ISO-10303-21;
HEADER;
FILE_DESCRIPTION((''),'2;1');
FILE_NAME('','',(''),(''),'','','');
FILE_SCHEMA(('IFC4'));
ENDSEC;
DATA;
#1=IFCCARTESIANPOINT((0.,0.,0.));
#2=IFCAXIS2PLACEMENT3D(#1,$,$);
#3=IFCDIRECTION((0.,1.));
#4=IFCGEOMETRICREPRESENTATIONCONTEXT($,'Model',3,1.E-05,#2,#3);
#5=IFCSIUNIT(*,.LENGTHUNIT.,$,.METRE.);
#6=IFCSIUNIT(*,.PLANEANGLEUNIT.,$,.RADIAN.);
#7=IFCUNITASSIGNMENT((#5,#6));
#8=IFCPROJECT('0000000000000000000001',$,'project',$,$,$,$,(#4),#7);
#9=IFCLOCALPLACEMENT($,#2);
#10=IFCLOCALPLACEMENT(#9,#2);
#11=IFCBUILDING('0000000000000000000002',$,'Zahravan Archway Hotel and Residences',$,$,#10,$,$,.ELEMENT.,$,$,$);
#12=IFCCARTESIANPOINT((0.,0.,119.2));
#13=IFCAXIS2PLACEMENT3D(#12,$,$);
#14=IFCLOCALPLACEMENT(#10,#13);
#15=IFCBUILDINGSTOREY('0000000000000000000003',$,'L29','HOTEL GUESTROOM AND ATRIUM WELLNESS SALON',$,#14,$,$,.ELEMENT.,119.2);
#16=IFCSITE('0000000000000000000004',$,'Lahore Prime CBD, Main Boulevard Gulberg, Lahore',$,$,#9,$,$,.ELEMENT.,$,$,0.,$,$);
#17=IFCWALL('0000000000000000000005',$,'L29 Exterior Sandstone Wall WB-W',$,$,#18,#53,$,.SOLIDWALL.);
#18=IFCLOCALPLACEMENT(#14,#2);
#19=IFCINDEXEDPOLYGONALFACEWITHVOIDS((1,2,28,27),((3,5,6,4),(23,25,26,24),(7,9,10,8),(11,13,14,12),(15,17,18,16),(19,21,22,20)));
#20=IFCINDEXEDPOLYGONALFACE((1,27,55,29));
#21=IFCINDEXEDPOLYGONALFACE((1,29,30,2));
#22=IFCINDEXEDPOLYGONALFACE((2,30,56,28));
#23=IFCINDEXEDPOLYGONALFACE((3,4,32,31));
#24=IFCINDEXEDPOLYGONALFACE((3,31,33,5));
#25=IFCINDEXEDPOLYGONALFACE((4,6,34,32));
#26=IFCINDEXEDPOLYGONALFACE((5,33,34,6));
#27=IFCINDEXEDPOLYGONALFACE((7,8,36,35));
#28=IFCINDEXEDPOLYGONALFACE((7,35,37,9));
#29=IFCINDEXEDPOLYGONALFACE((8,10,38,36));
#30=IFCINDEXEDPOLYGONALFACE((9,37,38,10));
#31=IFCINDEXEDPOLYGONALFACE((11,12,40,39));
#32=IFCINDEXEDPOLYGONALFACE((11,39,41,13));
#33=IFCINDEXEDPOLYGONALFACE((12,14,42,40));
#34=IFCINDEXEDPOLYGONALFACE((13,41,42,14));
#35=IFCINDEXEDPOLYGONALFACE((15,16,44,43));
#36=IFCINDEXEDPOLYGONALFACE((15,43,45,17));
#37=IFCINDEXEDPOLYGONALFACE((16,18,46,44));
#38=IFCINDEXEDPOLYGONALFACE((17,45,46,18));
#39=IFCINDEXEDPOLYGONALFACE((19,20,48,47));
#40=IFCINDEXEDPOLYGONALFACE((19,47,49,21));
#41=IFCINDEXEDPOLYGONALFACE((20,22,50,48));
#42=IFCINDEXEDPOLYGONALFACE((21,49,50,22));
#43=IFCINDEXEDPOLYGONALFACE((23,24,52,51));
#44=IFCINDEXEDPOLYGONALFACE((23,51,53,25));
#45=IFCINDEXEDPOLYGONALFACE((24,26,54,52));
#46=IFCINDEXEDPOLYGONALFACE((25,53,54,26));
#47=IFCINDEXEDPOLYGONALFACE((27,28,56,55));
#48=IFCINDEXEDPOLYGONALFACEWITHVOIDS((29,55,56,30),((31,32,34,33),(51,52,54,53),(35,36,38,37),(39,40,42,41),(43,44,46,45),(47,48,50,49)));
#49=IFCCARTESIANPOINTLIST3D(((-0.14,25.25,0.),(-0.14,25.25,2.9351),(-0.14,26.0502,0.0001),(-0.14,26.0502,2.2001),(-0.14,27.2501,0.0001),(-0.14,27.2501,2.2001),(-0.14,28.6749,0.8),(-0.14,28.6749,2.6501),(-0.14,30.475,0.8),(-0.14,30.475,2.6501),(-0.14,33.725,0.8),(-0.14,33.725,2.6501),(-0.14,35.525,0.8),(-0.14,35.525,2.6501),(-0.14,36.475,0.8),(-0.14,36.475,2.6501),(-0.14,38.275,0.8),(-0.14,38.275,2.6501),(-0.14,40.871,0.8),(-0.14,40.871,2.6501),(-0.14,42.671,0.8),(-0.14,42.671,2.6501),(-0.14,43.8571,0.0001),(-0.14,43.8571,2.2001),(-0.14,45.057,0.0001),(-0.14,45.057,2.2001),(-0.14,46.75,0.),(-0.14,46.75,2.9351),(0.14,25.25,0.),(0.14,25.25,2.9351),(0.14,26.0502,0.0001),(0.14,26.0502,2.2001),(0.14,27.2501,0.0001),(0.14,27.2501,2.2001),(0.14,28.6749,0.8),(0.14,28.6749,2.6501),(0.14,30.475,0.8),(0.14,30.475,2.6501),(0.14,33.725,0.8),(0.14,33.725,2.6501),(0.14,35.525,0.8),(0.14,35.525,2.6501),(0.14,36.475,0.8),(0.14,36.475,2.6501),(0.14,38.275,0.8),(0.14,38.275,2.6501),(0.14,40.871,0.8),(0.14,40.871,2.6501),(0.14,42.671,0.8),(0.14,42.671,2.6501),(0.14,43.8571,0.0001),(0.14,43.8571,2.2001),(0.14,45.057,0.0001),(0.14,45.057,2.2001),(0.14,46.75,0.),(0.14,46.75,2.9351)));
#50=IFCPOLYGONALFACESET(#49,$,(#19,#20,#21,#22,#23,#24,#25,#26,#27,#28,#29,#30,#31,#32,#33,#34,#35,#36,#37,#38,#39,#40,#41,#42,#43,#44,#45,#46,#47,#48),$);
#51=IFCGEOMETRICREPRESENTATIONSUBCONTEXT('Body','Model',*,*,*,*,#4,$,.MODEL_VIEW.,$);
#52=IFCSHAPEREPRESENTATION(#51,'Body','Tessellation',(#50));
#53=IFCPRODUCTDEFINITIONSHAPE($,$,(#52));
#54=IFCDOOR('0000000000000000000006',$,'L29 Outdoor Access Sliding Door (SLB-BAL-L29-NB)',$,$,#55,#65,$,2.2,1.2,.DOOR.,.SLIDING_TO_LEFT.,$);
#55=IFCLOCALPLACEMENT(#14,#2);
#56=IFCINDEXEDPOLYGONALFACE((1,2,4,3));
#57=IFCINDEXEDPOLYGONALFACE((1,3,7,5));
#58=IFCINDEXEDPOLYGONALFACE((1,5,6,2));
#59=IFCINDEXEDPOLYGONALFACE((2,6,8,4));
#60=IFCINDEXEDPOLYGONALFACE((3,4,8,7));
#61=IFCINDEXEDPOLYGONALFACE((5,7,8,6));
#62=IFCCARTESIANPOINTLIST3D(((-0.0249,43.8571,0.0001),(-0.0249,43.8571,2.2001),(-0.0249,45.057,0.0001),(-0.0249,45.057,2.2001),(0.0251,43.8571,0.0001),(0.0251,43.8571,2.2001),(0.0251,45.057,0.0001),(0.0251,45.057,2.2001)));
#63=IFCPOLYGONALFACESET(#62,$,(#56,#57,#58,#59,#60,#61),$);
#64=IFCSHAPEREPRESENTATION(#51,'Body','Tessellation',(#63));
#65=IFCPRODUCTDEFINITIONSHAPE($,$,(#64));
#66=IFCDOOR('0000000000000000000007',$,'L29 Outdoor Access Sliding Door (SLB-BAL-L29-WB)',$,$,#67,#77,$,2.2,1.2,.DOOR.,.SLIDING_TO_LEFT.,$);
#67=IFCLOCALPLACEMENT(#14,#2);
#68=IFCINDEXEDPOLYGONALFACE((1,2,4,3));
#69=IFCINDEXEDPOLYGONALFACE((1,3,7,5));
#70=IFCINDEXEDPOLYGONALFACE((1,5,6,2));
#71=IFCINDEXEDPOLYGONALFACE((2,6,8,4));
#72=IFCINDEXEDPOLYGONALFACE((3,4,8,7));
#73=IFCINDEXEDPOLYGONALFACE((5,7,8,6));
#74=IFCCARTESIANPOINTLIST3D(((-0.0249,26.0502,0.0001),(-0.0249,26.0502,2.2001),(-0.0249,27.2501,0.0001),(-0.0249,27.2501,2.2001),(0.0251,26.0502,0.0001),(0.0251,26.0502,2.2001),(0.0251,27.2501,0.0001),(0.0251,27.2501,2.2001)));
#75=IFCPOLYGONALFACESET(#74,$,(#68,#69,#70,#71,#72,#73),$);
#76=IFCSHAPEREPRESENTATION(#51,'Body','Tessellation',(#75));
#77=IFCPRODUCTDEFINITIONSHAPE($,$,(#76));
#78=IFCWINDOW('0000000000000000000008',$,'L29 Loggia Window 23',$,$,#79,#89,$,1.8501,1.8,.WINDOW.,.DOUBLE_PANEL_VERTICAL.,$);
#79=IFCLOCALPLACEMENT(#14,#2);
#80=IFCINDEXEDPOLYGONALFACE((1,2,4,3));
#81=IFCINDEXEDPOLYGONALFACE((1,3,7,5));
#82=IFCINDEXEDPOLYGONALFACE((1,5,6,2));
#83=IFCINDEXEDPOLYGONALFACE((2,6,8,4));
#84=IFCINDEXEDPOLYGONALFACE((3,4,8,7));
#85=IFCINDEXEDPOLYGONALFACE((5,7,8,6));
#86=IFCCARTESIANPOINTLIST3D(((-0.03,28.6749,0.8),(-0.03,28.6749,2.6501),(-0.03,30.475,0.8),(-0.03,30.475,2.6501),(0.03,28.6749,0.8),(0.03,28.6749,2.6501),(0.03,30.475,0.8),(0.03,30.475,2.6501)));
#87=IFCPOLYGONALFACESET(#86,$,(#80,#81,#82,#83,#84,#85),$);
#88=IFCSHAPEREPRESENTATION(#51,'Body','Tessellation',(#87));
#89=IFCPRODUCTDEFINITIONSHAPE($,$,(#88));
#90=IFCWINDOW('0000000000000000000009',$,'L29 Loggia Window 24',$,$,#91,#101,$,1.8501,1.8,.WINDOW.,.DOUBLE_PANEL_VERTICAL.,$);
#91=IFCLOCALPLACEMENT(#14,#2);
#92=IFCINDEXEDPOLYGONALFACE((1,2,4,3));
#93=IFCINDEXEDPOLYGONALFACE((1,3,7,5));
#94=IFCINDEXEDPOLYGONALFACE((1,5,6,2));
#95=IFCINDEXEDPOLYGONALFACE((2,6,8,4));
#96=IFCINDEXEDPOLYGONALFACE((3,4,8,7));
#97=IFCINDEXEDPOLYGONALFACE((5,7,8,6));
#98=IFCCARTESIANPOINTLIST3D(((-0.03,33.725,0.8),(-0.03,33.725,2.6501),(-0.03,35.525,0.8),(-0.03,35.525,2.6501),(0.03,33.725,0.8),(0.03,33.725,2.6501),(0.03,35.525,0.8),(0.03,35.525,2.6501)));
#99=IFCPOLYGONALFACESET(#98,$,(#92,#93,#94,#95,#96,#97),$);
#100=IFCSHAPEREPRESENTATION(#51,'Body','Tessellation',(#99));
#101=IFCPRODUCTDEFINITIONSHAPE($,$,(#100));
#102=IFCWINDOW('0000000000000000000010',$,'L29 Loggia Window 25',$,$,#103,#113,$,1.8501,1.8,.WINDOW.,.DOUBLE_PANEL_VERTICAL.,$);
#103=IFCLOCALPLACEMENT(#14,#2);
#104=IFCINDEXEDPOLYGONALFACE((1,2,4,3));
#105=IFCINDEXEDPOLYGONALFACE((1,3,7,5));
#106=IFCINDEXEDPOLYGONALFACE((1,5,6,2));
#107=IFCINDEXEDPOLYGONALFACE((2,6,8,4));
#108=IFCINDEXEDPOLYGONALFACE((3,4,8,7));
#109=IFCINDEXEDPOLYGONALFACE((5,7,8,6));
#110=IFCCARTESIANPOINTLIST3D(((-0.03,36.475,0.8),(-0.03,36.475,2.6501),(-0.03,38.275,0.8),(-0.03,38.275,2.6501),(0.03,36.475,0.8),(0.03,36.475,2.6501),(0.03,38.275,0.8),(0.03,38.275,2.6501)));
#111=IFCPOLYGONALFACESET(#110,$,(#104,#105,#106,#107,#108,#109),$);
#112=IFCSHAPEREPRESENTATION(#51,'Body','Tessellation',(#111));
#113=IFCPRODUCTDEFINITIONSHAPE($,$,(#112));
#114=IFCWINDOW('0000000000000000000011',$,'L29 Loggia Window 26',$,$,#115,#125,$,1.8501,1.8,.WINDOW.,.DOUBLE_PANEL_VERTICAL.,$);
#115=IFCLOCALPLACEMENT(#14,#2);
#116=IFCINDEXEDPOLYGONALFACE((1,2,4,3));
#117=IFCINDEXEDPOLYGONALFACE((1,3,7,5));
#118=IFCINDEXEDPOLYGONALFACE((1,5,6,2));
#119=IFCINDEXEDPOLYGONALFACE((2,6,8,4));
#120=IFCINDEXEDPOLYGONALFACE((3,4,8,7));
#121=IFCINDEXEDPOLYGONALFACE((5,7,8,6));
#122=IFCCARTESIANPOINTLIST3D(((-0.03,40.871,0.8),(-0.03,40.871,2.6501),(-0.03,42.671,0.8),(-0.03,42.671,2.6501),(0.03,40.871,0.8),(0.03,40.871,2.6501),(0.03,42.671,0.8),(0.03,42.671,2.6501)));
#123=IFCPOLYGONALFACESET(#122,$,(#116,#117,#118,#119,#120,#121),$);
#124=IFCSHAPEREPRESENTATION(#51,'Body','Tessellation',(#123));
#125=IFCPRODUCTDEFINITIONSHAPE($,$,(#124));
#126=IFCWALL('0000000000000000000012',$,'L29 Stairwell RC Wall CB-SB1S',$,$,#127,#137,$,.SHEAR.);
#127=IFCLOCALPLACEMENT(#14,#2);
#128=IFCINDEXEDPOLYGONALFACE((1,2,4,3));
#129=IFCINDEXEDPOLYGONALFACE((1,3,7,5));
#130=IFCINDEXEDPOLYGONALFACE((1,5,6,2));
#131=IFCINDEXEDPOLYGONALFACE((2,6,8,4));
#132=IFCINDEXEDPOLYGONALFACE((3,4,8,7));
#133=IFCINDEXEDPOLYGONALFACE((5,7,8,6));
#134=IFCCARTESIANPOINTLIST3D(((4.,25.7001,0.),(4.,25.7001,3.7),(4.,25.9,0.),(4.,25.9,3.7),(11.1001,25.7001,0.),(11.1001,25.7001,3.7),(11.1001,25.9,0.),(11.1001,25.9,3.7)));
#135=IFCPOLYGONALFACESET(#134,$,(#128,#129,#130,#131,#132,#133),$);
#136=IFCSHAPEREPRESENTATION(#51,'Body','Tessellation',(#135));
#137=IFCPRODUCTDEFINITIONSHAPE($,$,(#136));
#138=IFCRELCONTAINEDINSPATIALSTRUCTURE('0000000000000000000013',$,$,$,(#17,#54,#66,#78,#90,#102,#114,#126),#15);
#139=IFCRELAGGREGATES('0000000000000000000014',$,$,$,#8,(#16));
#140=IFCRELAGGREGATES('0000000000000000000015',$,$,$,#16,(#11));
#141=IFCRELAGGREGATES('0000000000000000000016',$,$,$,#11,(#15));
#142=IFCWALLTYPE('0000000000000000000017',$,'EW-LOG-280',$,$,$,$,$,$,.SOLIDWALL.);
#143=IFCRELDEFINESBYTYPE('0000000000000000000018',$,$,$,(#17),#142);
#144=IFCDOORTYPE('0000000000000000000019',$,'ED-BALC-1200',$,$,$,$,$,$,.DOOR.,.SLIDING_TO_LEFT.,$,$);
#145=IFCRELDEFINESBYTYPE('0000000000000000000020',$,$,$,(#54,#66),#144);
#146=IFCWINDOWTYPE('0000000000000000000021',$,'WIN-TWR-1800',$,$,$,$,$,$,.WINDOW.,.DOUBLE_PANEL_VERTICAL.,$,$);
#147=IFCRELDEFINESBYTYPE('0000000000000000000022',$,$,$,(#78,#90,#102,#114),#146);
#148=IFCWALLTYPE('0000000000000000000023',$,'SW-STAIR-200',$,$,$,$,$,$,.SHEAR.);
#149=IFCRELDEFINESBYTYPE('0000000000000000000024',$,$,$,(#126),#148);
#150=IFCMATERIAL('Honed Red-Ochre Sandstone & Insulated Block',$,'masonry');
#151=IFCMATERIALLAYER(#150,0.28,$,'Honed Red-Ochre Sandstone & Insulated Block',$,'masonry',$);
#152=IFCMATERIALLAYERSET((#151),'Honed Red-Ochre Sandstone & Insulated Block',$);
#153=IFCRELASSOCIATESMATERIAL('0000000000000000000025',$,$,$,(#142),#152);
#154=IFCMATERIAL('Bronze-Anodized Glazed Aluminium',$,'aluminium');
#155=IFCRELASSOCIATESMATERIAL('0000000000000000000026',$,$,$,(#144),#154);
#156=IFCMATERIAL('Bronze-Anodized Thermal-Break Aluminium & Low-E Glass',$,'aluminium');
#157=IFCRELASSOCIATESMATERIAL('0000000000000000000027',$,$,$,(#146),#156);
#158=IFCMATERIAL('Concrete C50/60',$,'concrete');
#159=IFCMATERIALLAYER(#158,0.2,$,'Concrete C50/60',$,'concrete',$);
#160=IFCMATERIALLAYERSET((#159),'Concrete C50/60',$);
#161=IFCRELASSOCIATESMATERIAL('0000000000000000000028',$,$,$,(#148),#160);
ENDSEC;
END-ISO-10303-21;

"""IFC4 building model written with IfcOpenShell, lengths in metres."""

from ifc_helpers import new_model, si_unit, direction, frame, frame_2d, origin, place, context, subcontext, project, spatial, rectangle, extrude, source, transform, mapped, material, layer, layer_set, type_object, type_shapes, element, fill, save


model = new_model("IFC4")

# Units and contexts
model_context = context("Model", 3, precision=1e-05, world=origin(), true_north=direction((0.0, 1.0)))
body_context = subcontext(model_context, "Body", "Model", "MODEL_VIEW")
ifc_project = project(units=[si_unit("LENGTHUNIT", "METRE"), si_unit("PLANEANGLEUNIT", "RADIAN")], contexts=[model_context])

# Site, building, storey
site_placement = place(None, origin())
site = spatial("IfcSite", under=ifc_project, at=site_placement, Name="Lahore Prime CBD, Main Boulevard Gulberg, Lahore", CompositionType="ELEMENT", RefElevation=0.0)
building_placement = place(site_placement, origin())
building = spatial("IfcBuilding", under=site, at=building_placement, Name="Zahravan Archway Hotel and Residences", CompositionType="ELEMENT")
storey_placement = place(building_placement, frame((0.0, 0.0, 119.2)))
storey = spatial("IfcBuildingStorey", under=building, at=storey_placement, Name="L29", Description="HOTEL GUESTROOM AND ATRIUM WELLNESS SALON", CompositionType="ELEMENT", Elevation=119.2)

# Shared definitions
ifc_material_1 = material(Name="Honed Red-Ochre Sandstone & Insulated Block", Category="masonry")
ifc_layer_1 = layer(ifc_material_1, 0.28, Name="Honed Red-Ochre Sandstone & Insulated Block", Category="masonry")
ifc_layer_set_1 = layer_set([ifc_layer_1], Name="Honed Red-Ochre Sandstone & Insulated Block")
wall_type_1 = type_object("IfcWallType", Name="EW-LOG-280", PredefinedType="SOLIDWALL", material=ifc_layer_set_1)
ifc_material_2 = material(Name="Bronze-Anodized Thermal-Break Aluminium & Low-E Glass", Category="aluminium")

# Wall, openings, doors, windows
wall_1_placement = place(storey_placement, frame((0.0, 25.25, 0.0), z_axis=(0.0, 0.0, 1.0), x_axis=(0.0, 1.0, 0.0)))
wall_1 = element("IfcWall", 1, at=wall_1_placement, inside=storey, type_object=wall_type_1, Name="L29 Exterior Sandstone Wall WB-W", PredefinedType="SOLIDWALL", context=body_context, shape_type="SweptSolid", body=[
    extrude(rectangle(XDim=21.5, YDim=0.28, at=frame_2d((10.75, 0.0))), origin(), (0.0, 0.0, 1.0), 2.9351),
])
opening_1_placement = place(wall_1_placement, frame((18.6069, 0.0, 0.0)))
opening_1 = element("IfcOpeningElement", 2, at=opening_1_placement, cuts=wall_1, PredefinedType="OPENING", context=body_context, shape_type="SweptSolid", body=[
    extrude(rectangle(XDim=1.2, YDim=2.2, at=frame_2d((0.6001, 1.1001))), frame((0.0, 0.1499, 0.0), z_axis=(0.0, -1.0, 0.0), x_axis=(1.0, 0.0, 0.0)), (0.0, 0.0, 1.0), 0.3),
])
opening_2_placement = place(wall_1_placement, frame((0.8, 0.0, 0.0)))
opening_2 = element("IfcOpeningElement", 3, at=opening_2_placement, cuts=wall_1, PredefinedType="OPENING", context=body_context, shape_type="SweptSolid", body=[
    extrude(rectangle(XDim=1.2, YDim=2.2, at=frame_2d((0.6001, 1.1001))), frame((0.0, 0.1499, 0.0), z_axis=(0.0, -1.0, 0.0), x_axis=(1.0, 0.0, 0.0)), (0.0, 0.0, 1.0), 0.3),
])
opening_3_placement = place(wall_1_placement, frame((3.425, 0.0, 0.8)))
opening_3 = element("IfcOpeningElement", 4, at=opening_3_placement, cuts=wall_1, PredefinedType="OPENING", context=body_context, shape_type="SweptSolid", body=[
    extrude(rectangle(XDim=1.8, YDim=1.8501, at=frame_2d((0.8999, 0.925))), frame((0.0, 0.1499, 0.0), z_axis=(0.0, -1.0, 0.0), x_axis=(1.0, 0.0, 0.0)), (0.0, 0.0, 1.0), 0.3),
])
opening_4_placement = place(wall_1_placement, frame((8.4751, 0.0, 0.8)))
opening_4 = element("IfcOpeningElement", 5, at=opening_4_placement, cuts=wall_1, PredefinedType="OPENING", context=body_context, shape_type="SweptSolid", body=[
    extrude(rectangle(XDim=1.8, YDim=1.8501, at=frame_2d((0.8999, 0.925))), frame((0.0, 0.1499, 0.0), z_axis=(0.0, -1.0, 0.0), x_axis=(1.0, 0.0, 0.0)), (0.0, 0.0, 1.0), 0.3),
])
opening_5_placement = place(wall_1_placement, frame((11.2251, 0.0, 0.8)))
opening_5 = element("IfcOpeningElement", 6, at=opening_5_placement, cuts=wall_1, PredefinedType="OPENING", context=body_context, shape_type="SweptSolid", body=[
    extrude(rectangle(XDim=1.8, YDim=1.8501, at=frame_2d((0.8999, 0.925))), frame((0.0, 0.1499, 0.0), z_axis=(0.0, -1.0, 0.0), x_axis=(1.0, 0.0, 0.0)), (0.0, 0.0, 1.0), 0.3),
])
opening_6_placement = place(wall_1_placement, frame((15.6211, 0.0, 0.8)))
opening_6 = element("IfcOpeningElement", 7, at=opening_6_placement, cuts=wall_1, PredefinedType="OPENING", context=body_context, shape_type="SweptSolid", body=[
    extrude(rectangle(XDim=1.8, YDim=1.8501, at=frame_2d((0.8999, 0.925))), frame((0.0, 0.1499, 0.0), z_axis=(0.0, -1.0, 0.0), x_axis=(1.0, 0.0, 0.0)), (0.0, 0.0, 1.0), 0.3),
])
ifc_material_3 = material(Name="Bronze-Anodized Glazed Aluminium", Category="aluminium")
door_type_1 = type_object("IfcDoorType", Name="ED-BALC-1200", OperationType="SLIDING_TO_LEFT", PredefinedType="DOOR", material=ifc_material_3)
shared_shape_1 = source(origin(), body_context, "Body", "SweptSolid", [
    extrude(rectangle(XDim=1.2, YDim=2.2, at=frame_2d((0.6001, 1.1001))), frame((0.0, 0.0249, 0.0), z_axis=(0.0, -1.0, 0.0), x_axis=(1.0, 0.0, 0.0)), (0.0, 0.0, 1.0), 0.05),
])
type_shapes(door_type_1, [shared_shape_1])
door_1_placement = place(opening_1_placement, origin())
door_1 = element("IfcDoor", 8, at=door_1_placement, inside=storey, type_object=door_type_1, Name="L29 Outdoor Access Sliding Door (SLB-BAL-L29-NB)", OperationType="SLIDING_TO_LEFT", OverallHeight=2.2, OverallWidth=1.2, PredefinedType="DOOR", context=body_context, shape_type="MappedRepresentation", body=[
    mapped(shared_shape_1, transform((0.0, 0.0, 0.0), scale=1.0)),
])
fill(opening_1, door_1)
door_2_placement = place(opening_2_placement, origin())
door_2 = element("IfcDoor", 9, at=door_2_placement, inside=storey, type_object=door_type_1, Name="L29 Outdoor Access Sliding Door (SLB-BAL-L29-WB)", OperationType="SLIDING_TO_LEFT", OverallHeight=2.2, OverallWidth=1.2, PredefinedType="DOOR", context=body_context, shape_type="MappedRepresentation", body=[
    mapped(shared_shape_1, transform((0.0, 0.0, 0.0), scale=1.0)),
])
fill(opening_2, door_2)
window_type_1 = type_object("IfcWindowType", Name="WIN-TWR-1800", PartitioningType="DOUBLE_PANEL_VERTICAL", PredefinedType="WINDOW", material=ifc_material_2)
shared_shape_2 = source(origin(), body_context, "Body", "SweptSolid", [
    extrude(rectangle(XDim=1.8, YDim=1.8501, at=frame_2d((0.8999, 0.925))), frame((0.0, 0.03, 0.0), z_axis=(0.0, -1.0, 0.0), x_axis=(1.0, 0.0, 0.0)), (0.0, 0.0, 1.0), 0.0601),
])
type_shapes(window_type_1, [shared_shape_2])
window_1_placement = place(opening_3_placement, origin())
window_1 = element("IfcWindow", 10, at=window_1_placement, inside=storey, type_object=window_type_1, Name="L29 Loggia Window 23", OverallHeight=1.8501, OverallWidth=1.8, PartitioningType="DOUBLE_PANEL_VERTICAL", PredefinedType="WINDOW", context=body_context, shape_type="MappedRepresentation", body=[
    mapped(shared_shape_2, transform((0.0, 0.0, 0.0), scale=1.0)),
])
fill(opening_3, window_1)
window_2_placement = place(opening_4_placement, origin())
window_2 = element("IfcWindow", 11, at=window_2_placement, inside=storey, type_object=window_type_1, Name="L29 Loggia Window 24", OverallHeight=1.8501, OverallWidth=1.8, PartitioningType="DOUBLE_PANEL_VERTICAL", PredefinedType="WINDOW", context=body_context, shape_type="MappedRepresentation", body=[
    mapped(shared_shape_2, transform((0.0, 0.0, 0.0), scale=1.0)),
])
fill(opening_4, window_2)
window_3_placement = place(opening_5_placement, origin())
window_3 = element("IfcWindow", 12, at=window_3_placement, inside=storey, type_object=window_type_1, Name="L29 Loggia Window 25", OverallHeight=1.8501, OverallWidth=1.8, PartitioningType="DOUBLE_PANEL_VERTICAL", PredefinedType="WINDOW", context=body_context, shape_type="MappedRepresentation", body=[
    mapped(shared_shape_2, transform((0.0, 0.0, 0.0), scale=1.0)),
])
fill(opening_5, window_3)
window_4_placement = place(opening_6_placement, origin())
window_4 = element("IfcWindow", 13, at=window_4_placement, inside=storey, type_object=window_type_1, Name="L29 Loggia Window 26", OverallHeight=1.8501, OverallWidth=1.8, PartitioningType="DOUBLE_PANEL_VERTICAL", PredefinedType="WINDOW", context=body_context, shape_type="MappedRepresentation", body=[
    mapped(shared_shape_2, transform((0.0, 0.0, 0.0), scale=1.0)),
])
fill(opening_6, window_4)

# Wall
ifc_material_4 = material(Name="Concrete C50/60", Category="concrete")
ifc_layer_2 = layer(ifc_material_4, 0.2, Name="Concrete C50/60", Category="concrete")
ifc_layer_set_2 = layer_set([ifc_layer_2], Name="Concrete C50/60")
wall_type_2 = type_object("IfcWallType", Name="SW-STAIR-200", PredefinedType="SHEAR", material=ifc_layer_set_2)
wall_2_placement = place(storey_placement, frame((4.0, 25.8, 0.0), z_axis=(0.0, 0.0, 1.0), x_axis=(1.0, 0.0, 0.0)))
element("IfcWall", 14, at=wall_2_placement, inside=storey, type_object=wall_type_2, Name="L29 Stairwell RC Wall CB-SB1S", PredefinedType="SHEAR", context=body_context, shape_type="SweptSolid", body=[
    extrude(rectangle(XDim=7.1001, YDim=0.2, at=frame_2d((3.55, 0.0))), origin(), (0.0, 0.0, 1.0), 3.7),
])

save(model, "model.ifc")
